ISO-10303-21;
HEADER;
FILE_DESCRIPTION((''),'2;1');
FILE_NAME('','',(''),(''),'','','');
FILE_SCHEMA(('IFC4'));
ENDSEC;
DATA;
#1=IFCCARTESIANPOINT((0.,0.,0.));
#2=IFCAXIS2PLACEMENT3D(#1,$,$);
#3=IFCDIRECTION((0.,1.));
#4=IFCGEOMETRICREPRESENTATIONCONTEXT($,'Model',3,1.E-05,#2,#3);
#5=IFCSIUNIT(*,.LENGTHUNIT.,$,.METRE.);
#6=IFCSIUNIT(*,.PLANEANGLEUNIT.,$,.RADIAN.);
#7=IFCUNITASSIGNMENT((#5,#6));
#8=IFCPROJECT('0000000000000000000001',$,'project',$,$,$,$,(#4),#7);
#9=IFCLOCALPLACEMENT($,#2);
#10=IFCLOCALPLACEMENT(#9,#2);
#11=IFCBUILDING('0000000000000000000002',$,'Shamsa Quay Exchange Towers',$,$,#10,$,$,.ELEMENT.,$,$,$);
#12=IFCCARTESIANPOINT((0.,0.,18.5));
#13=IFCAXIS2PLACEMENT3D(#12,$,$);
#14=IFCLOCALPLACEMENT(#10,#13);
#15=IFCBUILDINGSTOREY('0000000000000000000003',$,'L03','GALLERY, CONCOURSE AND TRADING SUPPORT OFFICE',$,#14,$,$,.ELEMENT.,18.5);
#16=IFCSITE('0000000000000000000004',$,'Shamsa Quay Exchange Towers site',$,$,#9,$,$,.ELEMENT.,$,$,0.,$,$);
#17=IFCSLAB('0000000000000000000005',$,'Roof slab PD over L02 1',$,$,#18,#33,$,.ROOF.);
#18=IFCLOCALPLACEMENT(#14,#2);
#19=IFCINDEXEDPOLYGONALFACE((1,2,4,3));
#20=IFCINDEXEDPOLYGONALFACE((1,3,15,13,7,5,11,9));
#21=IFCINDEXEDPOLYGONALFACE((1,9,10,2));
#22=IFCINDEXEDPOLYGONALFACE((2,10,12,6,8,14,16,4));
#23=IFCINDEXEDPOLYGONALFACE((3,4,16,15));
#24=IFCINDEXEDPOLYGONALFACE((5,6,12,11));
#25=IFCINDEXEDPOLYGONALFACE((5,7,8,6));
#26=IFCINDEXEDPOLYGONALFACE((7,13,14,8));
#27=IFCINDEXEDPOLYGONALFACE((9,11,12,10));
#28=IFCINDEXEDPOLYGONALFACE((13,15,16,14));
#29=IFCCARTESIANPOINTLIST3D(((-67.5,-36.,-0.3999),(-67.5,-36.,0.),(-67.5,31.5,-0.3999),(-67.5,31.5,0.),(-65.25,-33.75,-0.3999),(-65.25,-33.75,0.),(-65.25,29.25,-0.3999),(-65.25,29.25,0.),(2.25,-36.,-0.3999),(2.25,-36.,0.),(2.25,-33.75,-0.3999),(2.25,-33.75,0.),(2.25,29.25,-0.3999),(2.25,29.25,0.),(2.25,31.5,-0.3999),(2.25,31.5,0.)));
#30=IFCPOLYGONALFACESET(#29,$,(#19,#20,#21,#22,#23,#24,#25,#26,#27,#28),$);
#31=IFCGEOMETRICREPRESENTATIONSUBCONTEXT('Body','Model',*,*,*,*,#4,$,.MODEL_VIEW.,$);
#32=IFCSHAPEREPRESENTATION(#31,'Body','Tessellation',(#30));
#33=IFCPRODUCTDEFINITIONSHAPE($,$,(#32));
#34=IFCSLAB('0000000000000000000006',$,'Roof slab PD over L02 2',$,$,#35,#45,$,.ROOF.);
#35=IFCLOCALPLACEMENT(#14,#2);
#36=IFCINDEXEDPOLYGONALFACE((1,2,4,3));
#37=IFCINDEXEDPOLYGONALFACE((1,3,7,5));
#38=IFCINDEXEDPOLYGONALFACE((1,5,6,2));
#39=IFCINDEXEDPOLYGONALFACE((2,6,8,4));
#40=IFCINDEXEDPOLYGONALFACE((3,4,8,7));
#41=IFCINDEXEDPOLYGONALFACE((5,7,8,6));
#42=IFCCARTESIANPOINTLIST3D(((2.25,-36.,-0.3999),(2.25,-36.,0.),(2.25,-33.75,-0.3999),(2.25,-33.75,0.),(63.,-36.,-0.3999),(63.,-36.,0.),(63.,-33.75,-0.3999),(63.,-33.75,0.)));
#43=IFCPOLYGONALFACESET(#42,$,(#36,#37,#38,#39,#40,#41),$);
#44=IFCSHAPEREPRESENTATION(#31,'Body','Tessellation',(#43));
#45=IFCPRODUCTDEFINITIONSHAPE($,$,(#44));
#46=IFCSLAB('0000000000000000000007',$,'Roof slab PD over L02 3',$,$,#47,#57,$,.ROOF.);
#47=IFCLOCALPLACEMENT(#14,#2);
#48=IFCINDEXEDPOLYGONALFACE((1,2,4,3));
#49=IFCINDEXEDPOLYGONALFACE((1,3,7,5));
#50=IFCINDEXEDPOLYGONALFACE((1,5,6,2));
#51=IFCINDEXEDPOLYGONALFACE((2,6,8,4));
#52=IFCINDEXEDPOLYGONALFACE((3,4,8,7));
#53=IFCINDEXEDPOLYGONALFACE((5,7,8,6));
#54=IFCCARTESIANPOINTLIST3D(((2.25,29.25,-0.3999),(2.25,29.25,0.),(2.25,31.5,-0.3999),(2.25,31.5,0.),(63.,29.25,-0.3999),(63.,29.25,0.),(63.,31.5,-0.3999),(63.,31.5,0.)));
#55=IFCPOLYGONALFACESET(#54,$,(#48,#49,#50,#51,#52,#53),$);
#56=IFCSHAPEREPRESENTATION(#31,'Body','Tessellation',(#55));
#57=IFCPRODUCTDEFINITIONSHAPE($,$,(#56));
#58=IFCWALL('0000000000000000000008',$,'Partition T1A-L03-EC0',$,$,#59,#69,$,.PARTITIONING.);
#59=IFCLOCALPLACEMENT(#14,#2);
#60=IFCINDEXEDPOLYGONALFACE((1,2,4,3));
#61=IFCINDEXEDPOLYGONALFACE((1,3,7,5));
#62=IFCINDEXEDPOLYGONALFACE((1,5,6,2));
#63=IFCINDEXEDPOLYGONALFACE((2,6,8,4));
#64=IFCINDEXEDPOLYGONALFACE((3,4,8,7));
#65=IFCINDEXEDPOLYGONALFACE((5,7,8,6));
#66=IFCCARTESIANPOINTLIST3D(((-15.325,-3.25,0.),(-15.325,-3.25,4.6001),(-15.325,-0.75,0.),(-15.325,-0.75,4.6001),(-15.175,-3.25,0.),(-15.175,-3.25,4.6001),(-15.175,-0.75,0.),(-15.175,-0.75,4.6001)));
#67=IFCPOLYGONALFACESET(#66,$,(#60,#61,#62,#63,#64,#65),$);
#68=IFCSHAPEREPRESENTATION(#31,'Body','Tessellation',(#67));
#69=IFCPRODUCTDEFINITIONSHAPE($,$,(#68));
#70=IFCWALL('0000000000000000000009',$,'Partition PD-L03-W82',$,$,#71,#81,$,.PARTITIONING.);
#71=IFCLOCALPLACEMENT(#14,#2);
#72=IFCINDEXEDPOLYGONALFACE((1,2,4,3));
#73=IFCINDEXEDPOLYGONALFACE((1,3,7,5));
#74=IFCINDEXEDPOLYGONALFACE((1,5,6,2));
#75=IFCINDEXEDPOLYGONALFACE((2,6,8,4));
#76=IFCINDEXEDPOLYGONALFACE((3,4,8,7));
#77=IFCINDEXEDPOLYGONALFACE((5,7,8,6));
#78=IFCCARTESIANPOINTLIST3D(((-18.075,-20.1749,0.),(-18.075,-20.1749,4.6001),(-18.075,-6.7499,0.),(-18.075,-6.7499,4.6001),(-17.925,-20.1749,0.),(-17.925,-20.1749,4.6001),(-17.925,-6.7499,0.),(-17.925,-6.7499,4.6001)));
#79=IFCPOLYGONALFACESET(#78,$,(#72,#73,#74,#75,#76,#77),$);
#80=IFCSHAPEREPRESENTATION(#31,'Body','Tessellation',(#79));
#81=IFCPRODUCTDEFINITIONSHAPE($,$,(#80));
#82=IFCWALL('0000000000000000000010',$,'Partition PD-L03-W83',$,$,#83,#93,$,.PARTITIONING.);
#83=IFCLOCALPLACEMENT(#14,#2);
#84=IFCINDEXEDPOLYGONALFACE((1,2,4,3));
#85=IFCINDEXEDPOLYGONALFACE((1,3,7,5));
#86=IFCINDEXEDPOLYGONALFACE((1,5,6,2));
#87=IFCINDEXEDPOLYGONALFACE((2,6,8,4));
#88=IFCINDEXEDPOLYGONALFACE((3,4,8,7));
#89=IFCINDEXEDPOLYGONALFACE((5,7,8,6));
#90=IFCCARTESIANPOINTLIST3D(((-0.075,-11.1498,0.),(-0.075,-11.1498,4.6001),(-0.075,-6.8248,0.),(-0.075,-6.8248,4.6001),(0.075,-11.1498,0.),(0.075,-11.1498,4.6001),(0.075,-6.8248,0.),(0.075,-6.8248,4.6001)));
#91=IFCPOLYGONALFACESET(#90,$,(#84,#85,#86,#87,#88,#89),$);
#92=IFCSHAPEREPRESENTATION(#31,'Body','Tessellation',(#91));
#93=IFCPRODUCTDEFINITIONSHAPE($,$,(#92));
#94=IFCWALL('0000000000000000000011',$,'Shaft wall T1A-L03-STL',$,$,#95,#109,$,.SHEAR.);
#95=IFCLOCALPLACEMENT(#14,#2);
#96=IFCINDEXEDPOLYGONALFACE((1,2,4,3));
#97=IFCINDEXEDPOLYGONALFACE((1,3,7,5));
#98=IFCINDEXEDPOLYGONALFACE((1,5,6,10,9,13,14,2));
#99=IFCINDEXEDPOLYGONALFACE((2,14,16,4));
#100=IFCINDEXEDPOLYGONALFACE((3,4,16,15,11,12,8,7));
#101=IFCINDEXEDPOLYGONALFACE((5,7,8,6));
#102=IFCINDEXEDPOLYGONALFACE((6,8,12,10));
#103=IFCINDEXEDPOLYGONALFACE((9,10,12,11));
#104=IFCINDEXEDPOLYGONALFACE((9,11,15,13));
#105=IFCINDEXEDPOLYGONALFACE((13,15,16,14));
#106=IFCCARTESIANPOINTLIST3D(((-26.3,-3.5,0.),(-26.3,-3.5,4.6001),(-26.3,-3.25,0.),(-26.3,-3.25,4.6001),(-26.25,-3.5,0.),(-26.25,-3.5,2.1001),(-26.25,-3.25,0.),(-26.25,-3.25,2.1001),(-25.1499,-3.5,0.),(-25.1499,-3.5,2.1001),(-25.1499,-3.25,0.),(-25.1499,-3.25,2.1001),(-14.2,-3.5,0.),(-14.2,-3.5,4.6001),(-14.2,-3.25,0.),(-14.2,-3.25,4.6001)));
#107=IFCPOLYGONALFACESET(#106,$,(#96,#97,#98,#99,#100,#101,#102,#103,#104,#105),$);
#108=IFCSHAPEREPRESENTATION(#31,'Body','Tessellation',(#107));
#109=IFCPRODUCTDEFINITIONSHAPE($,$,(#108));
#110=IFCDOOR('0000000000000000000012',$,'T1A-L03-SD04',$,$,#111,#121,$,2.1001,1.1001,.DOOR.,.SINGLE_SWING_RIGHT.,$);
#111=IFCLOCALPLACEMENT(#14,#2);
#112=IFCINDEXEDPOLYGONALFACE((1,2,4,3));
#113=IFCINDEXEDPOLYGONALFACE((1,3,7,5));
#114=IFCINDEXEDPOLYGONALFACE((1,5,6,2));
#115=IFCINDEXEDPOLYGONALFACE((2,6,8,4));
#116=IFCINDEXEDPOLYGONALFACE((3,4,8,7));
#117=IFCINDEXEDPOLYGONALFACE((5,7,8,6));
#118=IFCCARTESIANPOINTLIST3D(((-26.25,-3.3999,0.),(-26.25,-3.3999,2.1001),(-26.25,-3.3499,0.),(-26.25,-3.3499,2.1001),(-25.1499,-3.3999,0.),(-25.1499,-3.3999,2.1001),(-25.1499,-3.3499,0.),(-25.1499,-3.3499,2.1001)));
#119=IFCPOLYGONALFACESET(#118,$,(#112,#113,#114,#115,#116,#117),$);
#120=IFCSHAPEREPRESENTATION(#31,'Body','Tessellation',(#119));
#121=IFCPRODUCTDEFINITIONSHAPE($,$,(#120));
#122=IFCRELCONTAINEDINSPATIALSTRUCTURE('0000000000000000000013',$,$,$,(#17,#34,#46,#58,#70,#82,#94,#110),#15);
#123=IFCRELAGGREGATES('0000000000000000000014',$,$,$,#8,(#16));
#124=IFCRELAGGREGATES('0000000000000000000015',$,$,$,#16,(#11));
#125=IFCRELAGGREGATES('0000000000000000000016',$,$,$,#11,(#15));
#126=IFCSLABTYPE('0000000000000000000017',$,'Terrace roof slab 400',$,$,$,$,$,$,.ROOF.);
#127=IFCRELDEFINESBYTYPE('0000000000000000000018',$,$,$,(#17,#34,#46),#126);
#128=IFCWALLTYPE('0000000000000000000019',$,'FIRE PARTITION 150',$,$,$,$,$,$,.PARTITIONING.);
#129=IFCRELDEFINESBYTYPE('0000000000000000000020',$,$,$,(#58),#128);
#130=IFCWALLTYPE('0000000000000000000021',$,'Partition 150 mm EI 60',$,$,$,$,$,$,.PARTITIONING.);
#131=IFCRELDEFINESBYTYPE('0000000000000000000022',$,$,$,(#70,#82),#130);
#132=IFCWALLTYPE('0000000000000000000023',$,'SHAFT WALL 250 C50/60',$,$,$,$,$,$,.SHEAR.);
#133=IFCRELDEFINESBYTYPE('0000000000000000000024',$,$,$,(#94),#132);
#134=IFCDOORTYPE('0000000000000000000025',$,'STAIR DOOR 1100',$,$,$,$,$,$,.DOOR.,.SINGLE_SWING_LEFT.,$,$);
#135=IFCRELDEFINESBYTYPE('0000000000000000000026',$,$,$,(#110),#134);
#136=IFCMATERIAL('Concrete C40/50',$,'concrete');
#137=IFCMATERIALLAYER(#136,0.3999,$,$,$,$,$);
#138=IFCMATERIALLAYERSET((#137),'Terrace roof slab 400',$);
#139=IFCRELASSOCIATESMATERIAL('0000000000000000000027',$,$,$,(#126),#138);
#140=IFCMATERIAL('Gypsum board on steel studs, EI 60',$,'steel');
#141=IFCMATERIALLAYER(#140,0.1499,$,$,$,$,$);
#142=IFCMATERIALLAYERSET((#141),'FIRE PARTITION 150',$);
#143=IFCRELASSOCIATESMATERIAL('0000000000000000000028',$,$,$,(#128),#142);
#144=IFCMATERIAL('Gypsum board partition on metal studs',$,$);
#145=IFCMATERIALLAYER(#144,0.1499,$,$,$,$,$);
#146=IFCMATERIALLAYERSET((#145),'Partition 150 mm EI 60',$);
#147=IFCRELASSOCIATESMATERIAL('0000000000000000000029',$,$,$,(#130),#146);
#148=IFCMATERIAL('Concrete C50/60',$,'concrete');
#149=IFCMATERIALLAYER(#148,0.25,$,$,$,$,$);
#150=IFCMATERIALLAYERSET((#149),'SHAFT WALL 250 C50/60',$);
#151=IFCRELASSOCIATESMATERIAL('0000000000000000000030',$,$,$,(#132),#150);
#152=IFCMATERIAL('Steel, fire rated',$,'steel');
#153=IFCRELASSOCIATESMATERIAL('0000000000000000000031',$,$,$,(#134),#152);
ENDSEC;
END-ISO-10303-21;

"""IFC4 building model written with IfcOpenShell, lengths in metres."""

from ifc_helpers import new_model, si_unit, direction, frame, frame_2d, origin, place, context, subcontext, project, spatial, polyline, rectangle, outline, extrude, material, layer, layer_set, type_object, element, fill, save


model = new_model("IFC4")

# Units and contexts
model_context = context("Model", 3, precision=1e-05, world=origin(), true_north=direction((0.0, 1.0)))
body_context = subcontext(model_context, "Body", "Model", "MODEL_VIEW")
ifc_project = project(units=[si_unit("LENGTHUNIT", "METRE"), si_unit("PLANEANGLEUNIT", "RADIAN")], contexts=[model_context])

# Site, building, storey
site_placement = place(None, origin())
site = spatial("IfcSite", under=ifc_project, at=site_placement, Name="Shamsa Quay Exchange Towers site", CompositionType="ELEMENT", RefElevation=0.0)
building_placement = place(site_placement, origin())
building = spatial("IfcBuilding", under=site, at=building_placement, Name="Shamsa Quay Exchange Towers", CompositionType="ELEMENT")
storey_placement = place(building_placement, frame((0.0, 0.0, 18.5)))
storey = spatial("IfcBuildingStorey", under=building, at=storey_placement, Name="L03", Description="GALLERY, CONCOURSE AND TRADING SUPPORT OFFICE", CompositionType="ELEMENT", Elevation=18.5)

# Slabs
ifc_material_1 = material(Name="Concrete C40/50", Category="concrete")
ifc_layer_1 = layer(ifc_material_1, 0.3999)
ifc_layer_set_1 = layer_set([ifc_layer_1], Name="Terrace roof slab 400")
slab_type_1 = type_object("IfcSlabType", Name="Terrace roof slab 400", PredefinedType="ROOF", material=ifc_layer_set_1)
slab_1_placement = place(storey_placement, frame((0.0, 0.0, -0.3999)))
element("IfcSlab", 1, at=slab_1_placement, inside=storey, type_object=slab_type_1, Name="Roof slab PD over L02 1", PredefinedType="ROOF", context=body_context, shape_type="SweptSolid", body=[
    extrude(outline(polyline([(-67.5, -36.0), (2.25, -36.0), (2.25, -33.75), (-65.25, -33.75), (-65.25, 29.25), (2.25, 29.25), (2.25, 31.5), (-67.5, 31.5), (-67.5, -36.0)])), origin(), (0.0, 0.0, 1.0), 0.3999),
])
slab_2_placement = place(storey_placement, frame((0.0, 0.0, -0.3999)))
element("IfcSlab", 2, at=slab_2_placement, inside=storey, type_object=slab_type_1, Name="Roof slab PD over L02 2", PredefinedType="ROOF", context=body_context, shape_type="SweptSolid", body=[
    extrude(outline(polyline([(2.25, -36.0), (63.0, -36.0), (63.0, -33.75), (2.25, -33.75), (2.25, -36.0)])), origin(), (0.0, 0.0, 1.0), 0.3999),
])
slab_3_placement = place(storey_placement, frame((0.0, 0.0, -0.3999)))
element("IfcSlab", 3, at=slab_3_placement, inside=storey, type_object=slab_type_1, Name="Roof slab PD over L02 3", PredefinedType="ROOF", context=body_context, shape_type="SweptSolid", body=[
    extrude(outline(polyline([(63.0, 31.5), (2.25, 31.5), (2.25, 29.25), (63.0, 29.25), (63.0, 31.5)])), origin(), (0.0, 0.0, 1.0), 0.3999),
])

# Walls
ifc_material_2 = material(Name="Gypsum board on steel studs, EI 60", Category="steel")
ifc_layer_2 = layer(ifc_material_2, 0.1499)
ifc_layer_set_2 = layer_set([ifc_layer_2], Name="FIRE PARTITION 150")
wall_type_1 = type_object("IfcWallType", Name="FIRE PARTITION 150", PredefinedType="PARTITIONING", material=ifc_layer_set_2)
wall_1_placement = place(storey_placement, frame((-15.25, -3.25, 0.0), z_axis=(0.0, 0.0, 1.0), x_axis=(0.0, 1.0, 0.0)))
element("IfcWall", 4, at=wall_1_placement, inside=storey, type_object=wall_type_1, Name="Partition T1A-L03-EC0", PredefinedType="PARTITIONING", context=body_context, shape_type="SweptSolid", body=[
    extrude(rectangle(XDim=2.5, YDim=0.1499, at=frame_2d((1.25, 0.0))), origin(), (0.0, 0.0, 1.0), 4.6001),
])
ifc_material_3 = material(Name="Gypsum board partition on metal studs")
ifc_layer_3 = layer(ifc_material_3, 0.1499)
ifc_layer_set_3 = layer_set([ifc_layer_3], Name="Partition 150 mm EI 60")
wall_type_2 = type_object("IfcWallType", Name="Partition 150 mm EI 60", PredefinedType="PARTITIONING", material=ifc_layer_set_3)
wall_2_placement = place(storey_placement, frame((-18.0, -6.75, 0.0), z_axis=(0.0, 0.0, 1.0), x_axis=(0.0, -1.0, 0.0)))
element("IfcWall", 5, at=wall_2_placement, inside=storey, type_object=wall_type_2, Name="Partition PD-L03-W82", PredefinedType="PARTITIONING", context=body_context, shape_type="SweptSolid", body=[
    extrude(rectangle(XDim=13.425, YDim=0.1499, at=frame_2d((6.7124, 0.0))), origin(), (0.0, 0.0, 1.0), 4.6001),
])
wall_3_placement = place(storey_placement, frame((0.0, -11.1499, 0.0), z_axis=(0.0, 0.0, 1.0), x_axis=(0.0, 1.0, 0.0)))
element("IfcWall", 6, at=wall_3_placement, inside=storey, type_object=wall_type_2, Name="Partition PD-L03-W83", PredefinedType="PARTITIONING", context=body_context, shape_type="SweptSolid", body=[
    extrude(rectangle(XDim=4.325, YDim=0.1499, at=frame_2d((2.1626, 0.0))), origin(), (0.0, 0.0, 1.0), 4.6001),
])

# Wall, opening, door
ifc_material_4 = material(Name="Concrete C50/60", Category="concrete")
ifc_layer_4 = layer(ifc_material_4, 0.25)
ifc_layer_set_4 = layer_set([ifc_layer_4], Name="SHAFT WALL 250 C50/60")
wall_type_3 = type_object("IfcWallType", Name="SHAFT WALL 250 C50/60", PredefinedType="SHEAR", material=ifc_layer_set_4)
wall_4_placement = place(storey_placement, frame((-14.2, -3.375, 0.0), z_axis=(0.0, 0.0, 1.0), x_axis=(-1.0, 0.0, 0.0)))
wall_4 = element("IfcWall", 7, at=wall_4_placement, inside=storey, type_object=wall_type_3, Name="Shaft wall T1A-L03-STL", PredefinedType="SHEAR", context=body_context, shape_type="SweptSolid", body=[
    extrude(rectangle(XDim=12.1001, YDim=0.25, at=frame_2d((6.05, 0.0))), origin(), (0.0, 0.0, 1.0), 4.6001),
])
opening_1_placement = place(wall_4_placement, frame((10.95, 0.0, 0.0)))
opening_1 = element("IfcOpeningElement", 8, at=opening_1_placement, cuts=wall_4, PredefinedType="OPENING", context=body_context, shape_type="SweptSolid", body=[
    extrude(rectangle(XDim=1.1001, YDim=2.1001, at=frame_2d((0.55, 1.05))), frame((0.0, 0.135, 0.0), z_axis=(0.0, -1.0, 0.0), x_axis=(1.0, 0.0, 0.0)), (0.0, 0.0, 1.0), 0.27),
])
ifc_material_5 = material(Name="Steel, fire rated", Category="steel")
door_type_1 = type_object("IfcDoorType", Name="STAIR DOOR 1100", OperationType="SINGLE_SWING_LEFT", PredefinedType="DOOR", material=ifc_material_5)
door_1_placement = place(opening_1_placement, origin())
door_1 = element("IfcDoor", 9, at=door_1_placement, inside=storey, type_object=door_type_1, Name="T1A-L03-SD04", OperationType="SINGLE_SWING_RIGHT", OverallHeight=2.1001, OverallWidth=1.1001, PredefinedType="DOOR", context=body_context, shape_type="SweptSolid", body=[
    extrude(rectangle(XDim=1.1001, YDim=2.1001, at=frame_2d((0.55, 1.05))), frame((0.0, 0.0249, 0.0), z_axis=(0.0, -1.0, 0.0), x_axis=(1.0, 0.0, 0.0)), (0.0, 0.0, 1.0), 0.05),
])
fill(opening_1, door_1)

save(model, "model.ifc")
